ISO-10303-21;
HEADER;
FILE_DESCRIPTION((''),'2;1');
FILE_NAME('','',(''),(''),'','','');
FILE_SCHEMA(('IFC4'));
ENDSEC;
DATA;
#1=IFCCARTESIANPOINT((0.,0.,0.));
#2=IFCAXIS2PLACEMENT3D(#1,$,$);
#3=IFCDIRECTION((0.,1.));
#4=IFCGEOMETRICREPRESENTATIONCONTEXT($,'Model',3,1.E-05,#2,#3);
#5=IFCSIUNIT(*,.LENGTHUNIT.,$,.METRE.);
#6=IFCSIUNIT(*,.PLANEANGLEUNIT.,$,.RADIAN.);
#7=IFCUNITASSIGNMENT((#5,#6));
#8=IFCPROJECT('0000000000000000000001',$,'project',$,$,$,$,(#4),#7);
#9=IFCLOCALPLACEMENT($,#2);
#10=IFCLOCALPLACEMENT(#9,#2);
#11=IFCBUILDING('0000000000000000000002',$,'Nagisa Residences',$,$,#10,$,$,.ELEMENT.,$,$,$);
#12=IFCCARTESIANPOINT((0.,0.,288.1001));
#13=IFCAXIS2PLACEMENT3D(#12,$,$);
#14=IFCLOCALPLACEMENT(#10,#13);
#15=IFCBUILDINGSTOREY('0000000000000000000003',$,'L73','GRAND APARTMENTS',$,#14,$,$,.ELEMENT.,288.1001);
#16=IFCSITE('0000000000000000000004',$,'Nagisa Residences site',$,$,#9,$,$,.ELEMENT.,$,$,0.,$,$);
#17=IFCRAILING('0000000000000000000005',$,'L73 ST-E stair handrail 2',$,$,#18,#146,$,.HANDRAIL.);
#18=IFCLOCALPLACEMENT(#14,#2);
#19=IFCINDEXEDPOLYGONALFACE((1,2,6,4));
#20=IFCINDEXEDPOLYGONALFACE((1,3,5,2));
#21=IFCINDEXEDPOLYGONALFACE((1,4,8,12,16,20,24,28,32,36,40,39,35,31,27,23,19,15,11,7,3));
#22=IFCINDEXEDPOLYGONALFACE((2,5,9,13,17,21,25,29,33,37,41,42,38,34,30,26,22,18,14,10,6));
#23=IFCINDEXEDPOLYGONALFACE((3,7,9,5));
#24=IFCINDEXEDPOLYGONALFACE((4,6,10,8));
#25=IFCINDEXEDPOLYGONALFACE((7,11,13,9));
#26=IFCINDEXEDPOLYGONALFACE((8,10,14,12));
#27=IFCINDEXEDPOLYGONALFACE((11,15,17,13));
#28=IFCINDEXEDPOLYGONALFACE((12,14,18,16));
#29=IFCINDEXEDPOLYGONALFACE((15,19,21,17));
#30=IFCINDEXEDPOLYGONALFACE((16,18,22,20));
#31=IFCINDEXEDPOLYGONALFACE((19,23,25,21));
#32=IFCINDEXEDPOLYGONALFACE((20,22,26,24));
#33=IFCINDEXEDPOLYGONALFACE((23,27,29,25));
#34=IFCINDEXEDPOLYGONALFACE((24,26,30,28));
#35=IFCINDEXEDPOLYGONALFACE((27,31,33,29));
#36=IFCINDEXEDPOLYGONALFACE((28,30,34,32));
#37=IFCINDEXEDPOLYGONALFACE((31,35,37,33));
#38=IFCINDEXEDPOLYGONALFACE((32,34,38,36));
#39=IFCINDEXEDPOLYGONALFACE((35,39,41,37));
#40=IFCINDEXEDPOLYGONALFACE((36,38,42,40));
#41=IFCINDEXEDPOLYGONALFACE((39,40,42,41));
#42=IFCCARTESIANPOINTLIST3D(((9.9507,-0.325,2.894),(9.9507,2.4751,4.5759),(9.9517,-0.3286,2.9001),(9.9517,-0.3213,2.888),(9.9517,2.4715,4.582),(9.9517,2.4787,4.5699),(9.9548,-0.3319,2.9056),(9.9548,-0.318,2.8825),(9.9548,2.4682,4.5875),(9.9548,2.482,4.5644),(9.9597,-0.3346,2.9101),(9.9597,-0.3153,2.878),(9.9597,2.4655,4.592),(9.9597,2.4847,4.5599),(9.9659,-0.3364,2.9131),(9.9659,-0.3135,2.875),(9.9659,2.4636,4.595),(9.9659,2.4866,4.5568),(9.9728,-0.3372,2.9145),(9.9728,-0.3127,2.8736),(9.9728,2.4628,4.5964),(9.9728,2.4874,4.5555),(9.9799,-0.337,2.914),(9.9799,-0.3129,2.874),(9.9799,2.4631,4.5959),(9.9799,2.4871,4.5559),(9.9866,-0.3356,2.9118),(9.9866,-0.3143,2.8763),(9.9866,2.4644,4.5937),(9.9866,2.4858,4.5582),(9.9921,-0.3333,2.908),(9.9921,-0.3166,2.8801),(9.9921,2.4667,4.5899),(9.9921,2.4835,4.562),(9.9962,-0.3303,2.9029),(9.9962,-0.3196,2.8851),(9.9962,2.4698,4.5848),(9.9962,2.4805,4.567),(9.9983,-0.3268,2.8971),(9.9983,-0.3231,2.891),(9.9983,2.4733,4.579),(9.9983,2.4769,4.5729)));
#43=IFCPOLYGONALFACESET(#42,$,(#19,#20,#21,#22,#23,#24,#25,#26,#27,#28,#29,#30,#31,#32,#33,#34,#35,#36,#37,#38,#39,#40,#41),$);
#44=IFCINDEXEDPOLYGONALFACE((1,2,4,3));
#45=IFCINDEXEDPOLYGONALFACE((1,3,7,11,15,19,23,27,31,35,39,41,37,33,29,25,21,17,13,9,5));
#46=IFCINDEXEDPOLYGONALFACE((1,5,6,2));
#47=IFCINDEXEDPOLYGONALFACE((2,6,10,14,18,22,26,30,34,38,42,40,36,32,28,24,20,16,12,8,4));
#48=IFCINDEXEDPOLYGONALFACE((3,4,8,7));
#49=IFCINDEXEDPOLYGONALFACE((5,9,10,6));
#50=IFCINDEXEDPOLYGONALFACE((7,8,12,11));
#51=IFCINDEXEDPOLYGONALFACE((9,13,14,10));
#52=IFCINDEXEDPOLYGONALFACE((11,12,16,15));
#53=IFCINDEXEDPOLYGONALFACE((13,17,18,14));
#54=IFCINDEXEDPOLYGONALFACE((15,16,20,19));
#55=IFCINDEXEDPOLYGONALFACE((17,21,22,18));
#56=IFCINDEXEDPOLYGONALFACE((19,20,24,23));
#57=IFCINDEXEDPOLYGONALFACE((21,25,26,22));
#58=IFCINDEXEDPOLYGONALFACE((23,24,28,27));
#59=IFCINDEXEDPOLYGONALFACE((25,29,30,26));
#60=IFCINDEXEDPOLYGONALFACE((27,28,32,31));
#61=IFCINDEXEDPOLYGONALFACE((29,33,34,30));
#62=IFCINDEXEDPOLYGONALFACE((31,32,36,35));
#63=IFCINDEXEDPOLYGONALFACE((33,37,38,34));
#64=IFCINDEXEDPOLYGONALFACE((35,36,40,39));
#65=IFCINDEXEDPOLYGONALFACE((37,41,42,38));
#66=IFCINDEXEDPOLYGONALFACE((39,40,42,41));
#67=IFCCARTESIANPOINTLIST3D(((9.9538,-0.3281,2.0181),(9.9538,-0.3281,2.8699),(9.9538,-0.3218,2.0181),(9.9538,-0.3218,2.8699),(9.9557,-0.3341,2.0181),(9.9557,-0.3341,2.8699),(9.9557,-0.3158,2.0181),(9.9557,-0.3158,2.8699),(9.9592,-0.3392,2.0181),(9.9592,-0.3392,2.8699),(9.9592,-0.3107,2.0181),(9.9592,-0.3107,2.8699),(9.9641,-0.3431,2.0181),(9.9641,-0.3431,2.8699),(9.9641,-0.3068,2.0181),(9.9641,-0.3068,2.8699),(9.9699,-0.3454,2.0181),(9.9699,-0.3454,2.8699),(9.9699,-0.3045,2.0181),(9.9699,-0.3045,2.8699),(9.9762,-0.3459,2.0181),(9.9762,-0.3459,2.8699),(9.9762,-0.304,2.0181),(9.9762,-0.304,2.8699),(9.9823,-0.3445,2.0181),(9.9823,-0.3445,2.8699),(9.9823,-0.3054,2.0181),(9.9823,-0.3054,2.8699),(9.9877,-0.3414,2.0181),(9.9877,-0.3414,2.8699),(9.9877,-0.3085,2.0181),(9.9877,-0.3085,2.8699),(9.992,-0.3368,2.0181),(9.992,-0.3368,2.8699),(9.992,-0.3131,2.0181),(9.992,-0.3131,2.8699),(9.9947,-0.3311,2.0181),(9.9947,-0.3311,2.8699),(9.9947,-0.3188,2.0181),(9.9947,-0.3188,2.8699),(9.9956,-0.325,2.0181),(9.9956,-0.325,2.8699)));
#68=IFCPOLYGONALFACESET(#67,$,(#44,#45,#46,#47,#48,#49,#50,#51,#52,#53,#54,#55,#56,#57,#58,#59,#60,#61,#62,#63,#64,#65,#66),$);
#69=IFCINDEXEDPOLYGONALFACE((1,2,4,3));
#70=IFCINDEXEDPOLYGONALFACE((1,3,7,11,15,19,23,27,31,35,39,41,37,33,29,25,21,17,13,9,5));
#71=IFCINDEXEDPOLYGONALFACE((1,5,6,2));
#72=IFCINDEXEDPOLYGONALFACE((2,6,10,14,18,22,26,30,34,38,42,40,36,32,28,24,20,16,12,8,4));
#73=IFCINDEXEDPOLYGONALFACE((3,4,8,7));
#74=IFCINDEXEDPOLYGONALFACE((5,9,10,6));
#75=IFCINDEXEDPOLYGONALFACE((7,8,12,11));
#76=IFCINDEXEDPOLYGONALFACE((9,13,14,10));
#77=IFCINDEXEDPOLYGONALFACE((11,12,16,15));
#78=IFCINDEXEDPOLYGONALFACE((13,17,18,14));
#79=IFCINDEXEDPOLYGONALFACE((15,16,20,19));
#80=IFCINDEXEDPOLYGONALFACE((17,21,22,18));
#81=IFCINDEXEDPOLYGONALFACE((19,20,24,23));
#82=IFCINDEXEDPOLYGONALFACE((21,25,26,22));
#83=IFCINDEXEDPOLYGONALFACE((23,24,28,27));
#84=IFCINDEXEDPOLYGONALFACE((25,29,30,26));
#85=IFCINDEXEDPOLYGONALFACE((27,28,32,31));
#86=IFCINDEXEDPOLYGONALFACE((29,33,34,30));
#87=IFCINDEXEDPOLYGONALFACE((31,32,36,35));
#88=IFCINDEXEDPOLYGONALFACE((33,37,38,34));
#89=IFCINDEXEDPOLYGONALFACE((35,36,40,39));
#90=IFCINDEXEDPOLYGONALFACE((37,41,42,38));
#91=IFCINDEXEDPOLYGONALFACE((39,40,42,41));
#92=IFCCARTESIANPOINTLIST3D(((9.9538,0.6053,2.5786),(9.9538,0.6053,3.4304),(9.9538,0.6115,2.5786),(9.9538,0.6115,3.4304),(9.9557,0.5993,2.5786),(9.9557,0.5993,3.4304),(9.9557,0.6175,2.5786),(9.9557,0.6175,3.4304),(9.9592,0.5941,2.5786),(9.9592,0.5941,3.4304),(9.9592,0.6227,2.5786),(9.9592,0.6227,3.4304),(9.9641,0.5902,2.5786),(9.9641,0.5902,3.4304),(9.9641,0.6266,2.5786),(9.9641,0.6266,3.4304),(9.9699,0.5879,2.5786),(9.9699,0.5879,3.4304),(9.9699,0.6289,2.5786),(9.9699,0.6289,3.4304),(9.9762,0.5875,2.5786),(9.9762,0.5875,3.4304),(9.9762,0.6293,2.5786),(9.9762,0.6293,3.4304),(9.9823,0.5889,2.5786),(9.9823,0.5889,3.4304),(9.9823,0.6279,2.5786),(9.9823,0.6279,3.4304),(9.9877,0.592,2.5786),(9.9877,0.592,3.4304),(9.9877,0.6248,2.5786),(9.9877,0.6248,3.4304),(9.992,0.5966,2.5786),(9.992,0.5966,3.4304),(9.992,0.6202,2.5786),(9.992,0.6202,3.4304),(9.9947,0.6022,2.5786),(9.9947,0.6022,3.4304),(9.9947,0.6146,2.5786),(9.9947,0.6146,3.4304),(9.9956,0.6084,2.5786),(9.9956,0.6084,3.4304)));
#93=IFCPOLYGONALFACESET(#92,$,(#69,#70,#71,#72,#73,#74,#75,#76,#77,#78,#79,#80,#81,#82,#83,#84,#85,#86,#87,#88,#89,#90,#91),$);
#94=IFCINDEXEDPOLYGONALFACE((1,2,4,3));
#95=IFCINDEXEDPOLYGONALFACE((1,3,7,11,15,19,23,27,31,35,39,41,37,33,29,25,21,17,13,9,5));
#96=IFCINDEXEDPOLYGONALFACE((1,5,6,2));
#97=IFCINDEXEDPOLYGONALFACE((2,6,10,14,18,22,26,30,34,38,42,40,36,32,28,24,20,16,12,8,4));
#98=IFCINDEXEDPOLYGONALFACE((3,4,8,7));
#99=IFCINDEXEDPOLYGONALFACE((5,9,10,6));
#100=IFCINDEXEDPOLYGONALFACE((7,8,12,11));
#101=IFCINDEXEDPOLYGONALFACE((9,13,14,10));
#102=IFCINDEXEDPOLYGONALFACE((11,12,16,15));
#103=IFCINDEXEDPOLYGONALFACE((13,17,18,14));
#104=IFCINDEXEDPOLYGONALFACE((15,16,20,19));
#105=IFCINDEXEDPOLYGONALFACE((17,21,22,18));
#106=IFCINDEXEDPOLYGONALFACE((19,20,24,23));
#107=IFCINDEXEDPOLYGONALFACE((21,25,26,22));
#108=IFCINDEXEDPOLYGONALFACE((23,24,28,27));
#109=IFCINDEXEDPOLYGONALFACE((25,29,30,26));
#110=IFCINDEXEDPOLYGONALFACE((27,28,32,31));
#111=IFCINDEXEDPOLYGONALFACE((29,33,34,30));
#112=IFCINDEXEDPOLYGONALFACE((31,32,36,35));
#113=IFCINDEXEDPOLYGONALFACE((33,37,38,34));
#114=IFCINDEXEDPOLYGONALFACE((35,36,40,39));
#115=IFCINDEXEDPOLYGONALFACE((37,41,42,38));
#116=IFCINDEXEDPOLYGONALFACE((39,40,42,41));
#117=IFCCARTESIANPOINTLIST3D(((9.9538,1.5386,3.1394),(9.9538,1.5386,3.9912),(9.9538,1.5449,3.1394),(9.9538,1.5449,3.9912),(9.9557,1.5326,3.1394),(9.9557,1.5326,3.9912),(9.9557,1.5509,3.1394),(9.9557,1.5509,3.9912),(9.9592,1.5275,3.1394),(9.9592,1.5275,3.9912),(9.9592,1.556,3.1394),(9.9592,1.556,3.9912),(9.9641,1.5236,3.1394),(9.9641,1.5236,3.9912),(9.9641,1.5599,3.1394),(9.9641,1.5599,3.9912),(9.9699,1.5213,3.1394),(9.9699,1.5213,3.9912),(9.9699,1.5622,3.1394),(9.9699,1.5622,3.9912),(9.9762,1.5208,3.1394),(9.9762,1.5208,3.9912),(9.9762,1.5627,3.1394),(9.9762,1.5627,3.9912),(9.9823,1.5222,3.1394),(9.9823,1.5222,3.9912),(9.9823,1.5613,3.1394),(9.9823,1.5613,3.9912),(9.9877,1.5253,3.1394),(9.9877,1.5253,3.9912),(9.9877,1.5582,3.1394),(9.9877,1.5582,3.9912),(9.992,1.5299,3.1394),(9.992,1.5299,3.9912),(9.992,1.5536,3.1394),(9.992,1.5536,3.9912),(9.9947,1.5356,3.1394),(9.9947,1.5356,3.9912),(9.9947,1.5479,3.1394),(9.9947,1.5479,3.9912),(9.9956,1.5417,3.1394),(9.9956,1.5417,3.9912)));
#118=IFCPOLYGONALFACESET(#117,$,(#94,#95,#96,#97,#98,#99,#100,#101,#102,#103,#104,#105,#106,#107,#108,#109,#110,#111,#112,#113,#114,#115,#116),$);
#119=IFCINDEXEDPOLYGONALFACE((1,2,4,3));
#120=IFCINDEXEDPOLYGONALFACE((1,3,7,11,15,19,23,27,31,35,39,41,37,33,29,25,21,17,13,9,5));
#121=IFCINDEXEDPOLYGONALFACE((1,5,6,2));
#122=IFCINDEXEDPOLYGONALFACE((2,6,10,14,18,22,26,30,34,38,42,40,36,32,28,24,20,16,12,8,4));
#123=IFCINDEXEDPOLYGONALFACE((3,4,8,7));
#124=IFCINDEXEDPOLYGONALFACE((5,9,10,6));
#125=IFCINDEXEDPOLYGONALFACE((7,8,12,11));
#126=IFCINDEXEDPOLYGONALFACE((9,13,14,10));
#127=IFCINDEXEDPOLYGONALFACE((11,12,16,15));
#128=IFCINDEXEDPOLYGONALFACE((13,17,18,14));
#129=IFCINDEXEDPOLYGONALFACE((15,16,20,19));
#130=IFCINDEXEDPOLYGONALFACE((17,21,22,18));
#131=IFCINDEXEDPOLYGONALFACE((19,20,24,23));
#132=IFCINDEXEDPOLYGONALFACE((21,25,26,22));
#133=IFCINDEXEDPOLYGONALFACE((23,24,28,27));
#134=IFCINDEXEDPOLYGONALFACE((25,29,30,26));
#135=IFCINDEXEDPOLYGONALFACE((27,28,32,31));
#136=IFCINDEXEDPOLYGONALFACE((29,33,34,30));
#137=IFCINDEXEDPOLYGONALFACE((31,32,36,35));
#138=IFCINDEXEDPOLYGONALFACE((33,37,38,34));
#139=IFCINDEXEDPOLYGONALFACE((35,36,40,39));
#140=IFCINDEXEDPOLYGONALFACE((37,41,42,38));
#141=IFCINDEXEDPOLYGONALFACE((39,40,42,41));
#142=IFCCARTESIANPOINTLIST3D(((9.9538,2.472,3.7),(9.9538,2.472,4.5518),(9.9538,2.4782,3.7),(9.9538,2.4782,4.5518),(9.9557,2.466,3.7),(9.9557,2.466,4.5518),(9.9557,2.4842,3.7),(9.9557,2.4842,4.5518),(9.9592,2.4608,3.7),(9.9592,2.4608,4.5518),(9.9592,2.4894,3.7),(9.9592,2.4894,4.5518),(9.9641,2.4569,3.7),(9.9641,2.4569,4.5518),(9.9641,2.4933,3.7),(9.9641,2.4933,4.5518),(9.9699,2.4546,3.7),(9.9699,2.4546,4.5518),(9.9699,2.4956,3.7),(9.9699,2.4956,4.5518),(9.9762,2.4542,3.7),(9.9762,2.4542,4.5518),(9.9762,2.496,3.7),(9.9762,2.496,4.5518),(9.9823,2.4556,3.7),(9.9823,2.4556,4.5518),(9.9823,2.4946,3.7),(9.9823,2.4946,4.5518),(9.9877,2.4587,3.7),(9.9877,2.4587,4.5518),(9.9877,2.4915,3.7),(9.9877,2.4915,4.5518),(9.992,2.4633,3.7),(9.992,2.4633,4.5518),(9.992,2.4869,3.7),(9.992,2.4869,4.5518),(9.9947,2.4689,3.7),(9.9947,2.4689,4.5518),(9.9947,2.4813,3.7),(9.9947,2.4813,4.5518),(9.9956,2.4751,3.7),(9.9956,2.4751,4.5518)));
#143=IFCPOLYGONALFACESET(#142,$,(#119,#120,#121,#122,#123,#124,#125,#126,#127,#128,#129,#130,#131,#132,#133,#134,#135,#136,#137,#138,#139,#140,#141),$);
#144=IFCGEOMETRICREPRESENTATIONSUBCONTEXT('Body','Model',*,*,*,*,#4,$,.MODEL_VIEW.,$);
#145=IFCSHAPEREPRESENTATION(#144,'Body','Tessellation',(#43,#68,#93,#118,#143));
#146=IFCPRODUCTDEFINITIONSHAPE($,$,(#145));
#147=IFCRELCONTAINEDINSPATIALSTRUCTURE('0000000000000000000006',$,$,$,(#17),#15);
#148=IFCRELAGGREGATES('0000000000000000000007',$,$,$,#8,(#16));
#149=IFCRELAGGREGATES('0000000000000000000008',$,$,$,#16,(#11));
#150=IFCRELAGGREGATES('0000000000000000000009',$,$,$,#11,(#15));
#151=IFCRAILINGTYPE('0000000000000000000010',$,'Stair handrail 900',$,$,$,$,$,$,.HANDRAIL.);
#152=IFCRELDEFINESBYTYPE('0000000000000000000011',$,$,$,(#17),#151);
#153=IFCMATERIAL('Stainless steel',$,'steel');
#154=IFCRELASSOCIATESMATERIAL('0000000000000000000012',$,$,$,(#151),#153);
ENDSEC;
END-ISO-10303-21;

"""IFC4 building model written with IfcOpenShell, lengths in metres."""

from ifc_helpers import new_model, si_unit, direction, frame, origin, origin_2d, place, context, subcontext, project, spatial, circle, extrude, material, type_object, element, save


model = new_model("IFC4")

# Units and contexts
model_context = context("Model", 3, precision=1e-05, world=origin(), true_north=direction((0.0, 1.0)))
body_context = subcontext(model_context, "Body", "Model", "MODEL_VIEW")
ifc_project = project(units=[si_unit("LENGTHUNIT", "METRE"), si_unit("PLANEANGLEUNIT", "RADIAN")], contexts=[model_context])

# Site, building, storey
site_placement = place(None, origin())
site = spatial("IfcSite", under=ifc_project, at=site_placement, Name="Nagisa Residences site", CompositionType="ELEMENT", RefElevation=0.0)
building_placement = place(site_placement, origin())
building = spatial("IfcBuilding", under=site, at=building_placement, Name="Nagisa Residences", CompositionType="ELEMENT")
storey_placement = place(building_placement, frame((0.0, 0.0, 288.1001)))
storey = spatial("IfcBuildingStorey", under=building, at=storey_placement, Name="L73", Description="GRAND APARTMENTS", CompositionType="ELEMENT", Elevation=288.1001)

# Railing
ifc_material_1 = material(Name="Stainless steel", Category="steel")
railing_type_1 = type_object("IfcRailingType", Name="Stair handrail 900", PredefinedType="HANDRAIL", material=ifc_material_1)
railing_1_placement = place(storey_placement, frame((9.9746, -0.325, 2.0181)))
element("IfcRailing", 1, at=railing_1_placement, inside=storey, type_object=railing_type_1, Name="L73 ST-E stair handrail 2", PredefinedType="HANDRAIL", context=body_context, shape_type="SweptSolid", body=[
    extrude(circle(Radius=0.0239, at=origin_2d()), frame((0.0, 0.0, 0.876), z_axis=(0.0, 0.857242, 0.514913), x_axis=(-1.0, 0.0, 0.0)), (0.0, 0.0, 1.0), 3.2664),
    extrude(circle(Radius=0.021, at=origin_2d()), origin(), (0.0, 0.0, 1.0), 0.8518),
    extrude(circle(Radius=0.021, at=origin_2d()), frame((0.0, 0.9333, 0.5605)), (0.0, 0.0, 1.0), 0.8518),
    extrude(circle(Radius=0.021, at=origin_2d()), frame((0.0, 1.8667, 1.1213)), (0.0, 0.0, 1.0), 0.8518),
    extrude(circle(Radius=0.021, at=origin_2d()), frame((0.0, 2.8, 1.6819)), (0.0, 0.0, 1.0), 0.8518),
])

save(model, "model.ifc")
